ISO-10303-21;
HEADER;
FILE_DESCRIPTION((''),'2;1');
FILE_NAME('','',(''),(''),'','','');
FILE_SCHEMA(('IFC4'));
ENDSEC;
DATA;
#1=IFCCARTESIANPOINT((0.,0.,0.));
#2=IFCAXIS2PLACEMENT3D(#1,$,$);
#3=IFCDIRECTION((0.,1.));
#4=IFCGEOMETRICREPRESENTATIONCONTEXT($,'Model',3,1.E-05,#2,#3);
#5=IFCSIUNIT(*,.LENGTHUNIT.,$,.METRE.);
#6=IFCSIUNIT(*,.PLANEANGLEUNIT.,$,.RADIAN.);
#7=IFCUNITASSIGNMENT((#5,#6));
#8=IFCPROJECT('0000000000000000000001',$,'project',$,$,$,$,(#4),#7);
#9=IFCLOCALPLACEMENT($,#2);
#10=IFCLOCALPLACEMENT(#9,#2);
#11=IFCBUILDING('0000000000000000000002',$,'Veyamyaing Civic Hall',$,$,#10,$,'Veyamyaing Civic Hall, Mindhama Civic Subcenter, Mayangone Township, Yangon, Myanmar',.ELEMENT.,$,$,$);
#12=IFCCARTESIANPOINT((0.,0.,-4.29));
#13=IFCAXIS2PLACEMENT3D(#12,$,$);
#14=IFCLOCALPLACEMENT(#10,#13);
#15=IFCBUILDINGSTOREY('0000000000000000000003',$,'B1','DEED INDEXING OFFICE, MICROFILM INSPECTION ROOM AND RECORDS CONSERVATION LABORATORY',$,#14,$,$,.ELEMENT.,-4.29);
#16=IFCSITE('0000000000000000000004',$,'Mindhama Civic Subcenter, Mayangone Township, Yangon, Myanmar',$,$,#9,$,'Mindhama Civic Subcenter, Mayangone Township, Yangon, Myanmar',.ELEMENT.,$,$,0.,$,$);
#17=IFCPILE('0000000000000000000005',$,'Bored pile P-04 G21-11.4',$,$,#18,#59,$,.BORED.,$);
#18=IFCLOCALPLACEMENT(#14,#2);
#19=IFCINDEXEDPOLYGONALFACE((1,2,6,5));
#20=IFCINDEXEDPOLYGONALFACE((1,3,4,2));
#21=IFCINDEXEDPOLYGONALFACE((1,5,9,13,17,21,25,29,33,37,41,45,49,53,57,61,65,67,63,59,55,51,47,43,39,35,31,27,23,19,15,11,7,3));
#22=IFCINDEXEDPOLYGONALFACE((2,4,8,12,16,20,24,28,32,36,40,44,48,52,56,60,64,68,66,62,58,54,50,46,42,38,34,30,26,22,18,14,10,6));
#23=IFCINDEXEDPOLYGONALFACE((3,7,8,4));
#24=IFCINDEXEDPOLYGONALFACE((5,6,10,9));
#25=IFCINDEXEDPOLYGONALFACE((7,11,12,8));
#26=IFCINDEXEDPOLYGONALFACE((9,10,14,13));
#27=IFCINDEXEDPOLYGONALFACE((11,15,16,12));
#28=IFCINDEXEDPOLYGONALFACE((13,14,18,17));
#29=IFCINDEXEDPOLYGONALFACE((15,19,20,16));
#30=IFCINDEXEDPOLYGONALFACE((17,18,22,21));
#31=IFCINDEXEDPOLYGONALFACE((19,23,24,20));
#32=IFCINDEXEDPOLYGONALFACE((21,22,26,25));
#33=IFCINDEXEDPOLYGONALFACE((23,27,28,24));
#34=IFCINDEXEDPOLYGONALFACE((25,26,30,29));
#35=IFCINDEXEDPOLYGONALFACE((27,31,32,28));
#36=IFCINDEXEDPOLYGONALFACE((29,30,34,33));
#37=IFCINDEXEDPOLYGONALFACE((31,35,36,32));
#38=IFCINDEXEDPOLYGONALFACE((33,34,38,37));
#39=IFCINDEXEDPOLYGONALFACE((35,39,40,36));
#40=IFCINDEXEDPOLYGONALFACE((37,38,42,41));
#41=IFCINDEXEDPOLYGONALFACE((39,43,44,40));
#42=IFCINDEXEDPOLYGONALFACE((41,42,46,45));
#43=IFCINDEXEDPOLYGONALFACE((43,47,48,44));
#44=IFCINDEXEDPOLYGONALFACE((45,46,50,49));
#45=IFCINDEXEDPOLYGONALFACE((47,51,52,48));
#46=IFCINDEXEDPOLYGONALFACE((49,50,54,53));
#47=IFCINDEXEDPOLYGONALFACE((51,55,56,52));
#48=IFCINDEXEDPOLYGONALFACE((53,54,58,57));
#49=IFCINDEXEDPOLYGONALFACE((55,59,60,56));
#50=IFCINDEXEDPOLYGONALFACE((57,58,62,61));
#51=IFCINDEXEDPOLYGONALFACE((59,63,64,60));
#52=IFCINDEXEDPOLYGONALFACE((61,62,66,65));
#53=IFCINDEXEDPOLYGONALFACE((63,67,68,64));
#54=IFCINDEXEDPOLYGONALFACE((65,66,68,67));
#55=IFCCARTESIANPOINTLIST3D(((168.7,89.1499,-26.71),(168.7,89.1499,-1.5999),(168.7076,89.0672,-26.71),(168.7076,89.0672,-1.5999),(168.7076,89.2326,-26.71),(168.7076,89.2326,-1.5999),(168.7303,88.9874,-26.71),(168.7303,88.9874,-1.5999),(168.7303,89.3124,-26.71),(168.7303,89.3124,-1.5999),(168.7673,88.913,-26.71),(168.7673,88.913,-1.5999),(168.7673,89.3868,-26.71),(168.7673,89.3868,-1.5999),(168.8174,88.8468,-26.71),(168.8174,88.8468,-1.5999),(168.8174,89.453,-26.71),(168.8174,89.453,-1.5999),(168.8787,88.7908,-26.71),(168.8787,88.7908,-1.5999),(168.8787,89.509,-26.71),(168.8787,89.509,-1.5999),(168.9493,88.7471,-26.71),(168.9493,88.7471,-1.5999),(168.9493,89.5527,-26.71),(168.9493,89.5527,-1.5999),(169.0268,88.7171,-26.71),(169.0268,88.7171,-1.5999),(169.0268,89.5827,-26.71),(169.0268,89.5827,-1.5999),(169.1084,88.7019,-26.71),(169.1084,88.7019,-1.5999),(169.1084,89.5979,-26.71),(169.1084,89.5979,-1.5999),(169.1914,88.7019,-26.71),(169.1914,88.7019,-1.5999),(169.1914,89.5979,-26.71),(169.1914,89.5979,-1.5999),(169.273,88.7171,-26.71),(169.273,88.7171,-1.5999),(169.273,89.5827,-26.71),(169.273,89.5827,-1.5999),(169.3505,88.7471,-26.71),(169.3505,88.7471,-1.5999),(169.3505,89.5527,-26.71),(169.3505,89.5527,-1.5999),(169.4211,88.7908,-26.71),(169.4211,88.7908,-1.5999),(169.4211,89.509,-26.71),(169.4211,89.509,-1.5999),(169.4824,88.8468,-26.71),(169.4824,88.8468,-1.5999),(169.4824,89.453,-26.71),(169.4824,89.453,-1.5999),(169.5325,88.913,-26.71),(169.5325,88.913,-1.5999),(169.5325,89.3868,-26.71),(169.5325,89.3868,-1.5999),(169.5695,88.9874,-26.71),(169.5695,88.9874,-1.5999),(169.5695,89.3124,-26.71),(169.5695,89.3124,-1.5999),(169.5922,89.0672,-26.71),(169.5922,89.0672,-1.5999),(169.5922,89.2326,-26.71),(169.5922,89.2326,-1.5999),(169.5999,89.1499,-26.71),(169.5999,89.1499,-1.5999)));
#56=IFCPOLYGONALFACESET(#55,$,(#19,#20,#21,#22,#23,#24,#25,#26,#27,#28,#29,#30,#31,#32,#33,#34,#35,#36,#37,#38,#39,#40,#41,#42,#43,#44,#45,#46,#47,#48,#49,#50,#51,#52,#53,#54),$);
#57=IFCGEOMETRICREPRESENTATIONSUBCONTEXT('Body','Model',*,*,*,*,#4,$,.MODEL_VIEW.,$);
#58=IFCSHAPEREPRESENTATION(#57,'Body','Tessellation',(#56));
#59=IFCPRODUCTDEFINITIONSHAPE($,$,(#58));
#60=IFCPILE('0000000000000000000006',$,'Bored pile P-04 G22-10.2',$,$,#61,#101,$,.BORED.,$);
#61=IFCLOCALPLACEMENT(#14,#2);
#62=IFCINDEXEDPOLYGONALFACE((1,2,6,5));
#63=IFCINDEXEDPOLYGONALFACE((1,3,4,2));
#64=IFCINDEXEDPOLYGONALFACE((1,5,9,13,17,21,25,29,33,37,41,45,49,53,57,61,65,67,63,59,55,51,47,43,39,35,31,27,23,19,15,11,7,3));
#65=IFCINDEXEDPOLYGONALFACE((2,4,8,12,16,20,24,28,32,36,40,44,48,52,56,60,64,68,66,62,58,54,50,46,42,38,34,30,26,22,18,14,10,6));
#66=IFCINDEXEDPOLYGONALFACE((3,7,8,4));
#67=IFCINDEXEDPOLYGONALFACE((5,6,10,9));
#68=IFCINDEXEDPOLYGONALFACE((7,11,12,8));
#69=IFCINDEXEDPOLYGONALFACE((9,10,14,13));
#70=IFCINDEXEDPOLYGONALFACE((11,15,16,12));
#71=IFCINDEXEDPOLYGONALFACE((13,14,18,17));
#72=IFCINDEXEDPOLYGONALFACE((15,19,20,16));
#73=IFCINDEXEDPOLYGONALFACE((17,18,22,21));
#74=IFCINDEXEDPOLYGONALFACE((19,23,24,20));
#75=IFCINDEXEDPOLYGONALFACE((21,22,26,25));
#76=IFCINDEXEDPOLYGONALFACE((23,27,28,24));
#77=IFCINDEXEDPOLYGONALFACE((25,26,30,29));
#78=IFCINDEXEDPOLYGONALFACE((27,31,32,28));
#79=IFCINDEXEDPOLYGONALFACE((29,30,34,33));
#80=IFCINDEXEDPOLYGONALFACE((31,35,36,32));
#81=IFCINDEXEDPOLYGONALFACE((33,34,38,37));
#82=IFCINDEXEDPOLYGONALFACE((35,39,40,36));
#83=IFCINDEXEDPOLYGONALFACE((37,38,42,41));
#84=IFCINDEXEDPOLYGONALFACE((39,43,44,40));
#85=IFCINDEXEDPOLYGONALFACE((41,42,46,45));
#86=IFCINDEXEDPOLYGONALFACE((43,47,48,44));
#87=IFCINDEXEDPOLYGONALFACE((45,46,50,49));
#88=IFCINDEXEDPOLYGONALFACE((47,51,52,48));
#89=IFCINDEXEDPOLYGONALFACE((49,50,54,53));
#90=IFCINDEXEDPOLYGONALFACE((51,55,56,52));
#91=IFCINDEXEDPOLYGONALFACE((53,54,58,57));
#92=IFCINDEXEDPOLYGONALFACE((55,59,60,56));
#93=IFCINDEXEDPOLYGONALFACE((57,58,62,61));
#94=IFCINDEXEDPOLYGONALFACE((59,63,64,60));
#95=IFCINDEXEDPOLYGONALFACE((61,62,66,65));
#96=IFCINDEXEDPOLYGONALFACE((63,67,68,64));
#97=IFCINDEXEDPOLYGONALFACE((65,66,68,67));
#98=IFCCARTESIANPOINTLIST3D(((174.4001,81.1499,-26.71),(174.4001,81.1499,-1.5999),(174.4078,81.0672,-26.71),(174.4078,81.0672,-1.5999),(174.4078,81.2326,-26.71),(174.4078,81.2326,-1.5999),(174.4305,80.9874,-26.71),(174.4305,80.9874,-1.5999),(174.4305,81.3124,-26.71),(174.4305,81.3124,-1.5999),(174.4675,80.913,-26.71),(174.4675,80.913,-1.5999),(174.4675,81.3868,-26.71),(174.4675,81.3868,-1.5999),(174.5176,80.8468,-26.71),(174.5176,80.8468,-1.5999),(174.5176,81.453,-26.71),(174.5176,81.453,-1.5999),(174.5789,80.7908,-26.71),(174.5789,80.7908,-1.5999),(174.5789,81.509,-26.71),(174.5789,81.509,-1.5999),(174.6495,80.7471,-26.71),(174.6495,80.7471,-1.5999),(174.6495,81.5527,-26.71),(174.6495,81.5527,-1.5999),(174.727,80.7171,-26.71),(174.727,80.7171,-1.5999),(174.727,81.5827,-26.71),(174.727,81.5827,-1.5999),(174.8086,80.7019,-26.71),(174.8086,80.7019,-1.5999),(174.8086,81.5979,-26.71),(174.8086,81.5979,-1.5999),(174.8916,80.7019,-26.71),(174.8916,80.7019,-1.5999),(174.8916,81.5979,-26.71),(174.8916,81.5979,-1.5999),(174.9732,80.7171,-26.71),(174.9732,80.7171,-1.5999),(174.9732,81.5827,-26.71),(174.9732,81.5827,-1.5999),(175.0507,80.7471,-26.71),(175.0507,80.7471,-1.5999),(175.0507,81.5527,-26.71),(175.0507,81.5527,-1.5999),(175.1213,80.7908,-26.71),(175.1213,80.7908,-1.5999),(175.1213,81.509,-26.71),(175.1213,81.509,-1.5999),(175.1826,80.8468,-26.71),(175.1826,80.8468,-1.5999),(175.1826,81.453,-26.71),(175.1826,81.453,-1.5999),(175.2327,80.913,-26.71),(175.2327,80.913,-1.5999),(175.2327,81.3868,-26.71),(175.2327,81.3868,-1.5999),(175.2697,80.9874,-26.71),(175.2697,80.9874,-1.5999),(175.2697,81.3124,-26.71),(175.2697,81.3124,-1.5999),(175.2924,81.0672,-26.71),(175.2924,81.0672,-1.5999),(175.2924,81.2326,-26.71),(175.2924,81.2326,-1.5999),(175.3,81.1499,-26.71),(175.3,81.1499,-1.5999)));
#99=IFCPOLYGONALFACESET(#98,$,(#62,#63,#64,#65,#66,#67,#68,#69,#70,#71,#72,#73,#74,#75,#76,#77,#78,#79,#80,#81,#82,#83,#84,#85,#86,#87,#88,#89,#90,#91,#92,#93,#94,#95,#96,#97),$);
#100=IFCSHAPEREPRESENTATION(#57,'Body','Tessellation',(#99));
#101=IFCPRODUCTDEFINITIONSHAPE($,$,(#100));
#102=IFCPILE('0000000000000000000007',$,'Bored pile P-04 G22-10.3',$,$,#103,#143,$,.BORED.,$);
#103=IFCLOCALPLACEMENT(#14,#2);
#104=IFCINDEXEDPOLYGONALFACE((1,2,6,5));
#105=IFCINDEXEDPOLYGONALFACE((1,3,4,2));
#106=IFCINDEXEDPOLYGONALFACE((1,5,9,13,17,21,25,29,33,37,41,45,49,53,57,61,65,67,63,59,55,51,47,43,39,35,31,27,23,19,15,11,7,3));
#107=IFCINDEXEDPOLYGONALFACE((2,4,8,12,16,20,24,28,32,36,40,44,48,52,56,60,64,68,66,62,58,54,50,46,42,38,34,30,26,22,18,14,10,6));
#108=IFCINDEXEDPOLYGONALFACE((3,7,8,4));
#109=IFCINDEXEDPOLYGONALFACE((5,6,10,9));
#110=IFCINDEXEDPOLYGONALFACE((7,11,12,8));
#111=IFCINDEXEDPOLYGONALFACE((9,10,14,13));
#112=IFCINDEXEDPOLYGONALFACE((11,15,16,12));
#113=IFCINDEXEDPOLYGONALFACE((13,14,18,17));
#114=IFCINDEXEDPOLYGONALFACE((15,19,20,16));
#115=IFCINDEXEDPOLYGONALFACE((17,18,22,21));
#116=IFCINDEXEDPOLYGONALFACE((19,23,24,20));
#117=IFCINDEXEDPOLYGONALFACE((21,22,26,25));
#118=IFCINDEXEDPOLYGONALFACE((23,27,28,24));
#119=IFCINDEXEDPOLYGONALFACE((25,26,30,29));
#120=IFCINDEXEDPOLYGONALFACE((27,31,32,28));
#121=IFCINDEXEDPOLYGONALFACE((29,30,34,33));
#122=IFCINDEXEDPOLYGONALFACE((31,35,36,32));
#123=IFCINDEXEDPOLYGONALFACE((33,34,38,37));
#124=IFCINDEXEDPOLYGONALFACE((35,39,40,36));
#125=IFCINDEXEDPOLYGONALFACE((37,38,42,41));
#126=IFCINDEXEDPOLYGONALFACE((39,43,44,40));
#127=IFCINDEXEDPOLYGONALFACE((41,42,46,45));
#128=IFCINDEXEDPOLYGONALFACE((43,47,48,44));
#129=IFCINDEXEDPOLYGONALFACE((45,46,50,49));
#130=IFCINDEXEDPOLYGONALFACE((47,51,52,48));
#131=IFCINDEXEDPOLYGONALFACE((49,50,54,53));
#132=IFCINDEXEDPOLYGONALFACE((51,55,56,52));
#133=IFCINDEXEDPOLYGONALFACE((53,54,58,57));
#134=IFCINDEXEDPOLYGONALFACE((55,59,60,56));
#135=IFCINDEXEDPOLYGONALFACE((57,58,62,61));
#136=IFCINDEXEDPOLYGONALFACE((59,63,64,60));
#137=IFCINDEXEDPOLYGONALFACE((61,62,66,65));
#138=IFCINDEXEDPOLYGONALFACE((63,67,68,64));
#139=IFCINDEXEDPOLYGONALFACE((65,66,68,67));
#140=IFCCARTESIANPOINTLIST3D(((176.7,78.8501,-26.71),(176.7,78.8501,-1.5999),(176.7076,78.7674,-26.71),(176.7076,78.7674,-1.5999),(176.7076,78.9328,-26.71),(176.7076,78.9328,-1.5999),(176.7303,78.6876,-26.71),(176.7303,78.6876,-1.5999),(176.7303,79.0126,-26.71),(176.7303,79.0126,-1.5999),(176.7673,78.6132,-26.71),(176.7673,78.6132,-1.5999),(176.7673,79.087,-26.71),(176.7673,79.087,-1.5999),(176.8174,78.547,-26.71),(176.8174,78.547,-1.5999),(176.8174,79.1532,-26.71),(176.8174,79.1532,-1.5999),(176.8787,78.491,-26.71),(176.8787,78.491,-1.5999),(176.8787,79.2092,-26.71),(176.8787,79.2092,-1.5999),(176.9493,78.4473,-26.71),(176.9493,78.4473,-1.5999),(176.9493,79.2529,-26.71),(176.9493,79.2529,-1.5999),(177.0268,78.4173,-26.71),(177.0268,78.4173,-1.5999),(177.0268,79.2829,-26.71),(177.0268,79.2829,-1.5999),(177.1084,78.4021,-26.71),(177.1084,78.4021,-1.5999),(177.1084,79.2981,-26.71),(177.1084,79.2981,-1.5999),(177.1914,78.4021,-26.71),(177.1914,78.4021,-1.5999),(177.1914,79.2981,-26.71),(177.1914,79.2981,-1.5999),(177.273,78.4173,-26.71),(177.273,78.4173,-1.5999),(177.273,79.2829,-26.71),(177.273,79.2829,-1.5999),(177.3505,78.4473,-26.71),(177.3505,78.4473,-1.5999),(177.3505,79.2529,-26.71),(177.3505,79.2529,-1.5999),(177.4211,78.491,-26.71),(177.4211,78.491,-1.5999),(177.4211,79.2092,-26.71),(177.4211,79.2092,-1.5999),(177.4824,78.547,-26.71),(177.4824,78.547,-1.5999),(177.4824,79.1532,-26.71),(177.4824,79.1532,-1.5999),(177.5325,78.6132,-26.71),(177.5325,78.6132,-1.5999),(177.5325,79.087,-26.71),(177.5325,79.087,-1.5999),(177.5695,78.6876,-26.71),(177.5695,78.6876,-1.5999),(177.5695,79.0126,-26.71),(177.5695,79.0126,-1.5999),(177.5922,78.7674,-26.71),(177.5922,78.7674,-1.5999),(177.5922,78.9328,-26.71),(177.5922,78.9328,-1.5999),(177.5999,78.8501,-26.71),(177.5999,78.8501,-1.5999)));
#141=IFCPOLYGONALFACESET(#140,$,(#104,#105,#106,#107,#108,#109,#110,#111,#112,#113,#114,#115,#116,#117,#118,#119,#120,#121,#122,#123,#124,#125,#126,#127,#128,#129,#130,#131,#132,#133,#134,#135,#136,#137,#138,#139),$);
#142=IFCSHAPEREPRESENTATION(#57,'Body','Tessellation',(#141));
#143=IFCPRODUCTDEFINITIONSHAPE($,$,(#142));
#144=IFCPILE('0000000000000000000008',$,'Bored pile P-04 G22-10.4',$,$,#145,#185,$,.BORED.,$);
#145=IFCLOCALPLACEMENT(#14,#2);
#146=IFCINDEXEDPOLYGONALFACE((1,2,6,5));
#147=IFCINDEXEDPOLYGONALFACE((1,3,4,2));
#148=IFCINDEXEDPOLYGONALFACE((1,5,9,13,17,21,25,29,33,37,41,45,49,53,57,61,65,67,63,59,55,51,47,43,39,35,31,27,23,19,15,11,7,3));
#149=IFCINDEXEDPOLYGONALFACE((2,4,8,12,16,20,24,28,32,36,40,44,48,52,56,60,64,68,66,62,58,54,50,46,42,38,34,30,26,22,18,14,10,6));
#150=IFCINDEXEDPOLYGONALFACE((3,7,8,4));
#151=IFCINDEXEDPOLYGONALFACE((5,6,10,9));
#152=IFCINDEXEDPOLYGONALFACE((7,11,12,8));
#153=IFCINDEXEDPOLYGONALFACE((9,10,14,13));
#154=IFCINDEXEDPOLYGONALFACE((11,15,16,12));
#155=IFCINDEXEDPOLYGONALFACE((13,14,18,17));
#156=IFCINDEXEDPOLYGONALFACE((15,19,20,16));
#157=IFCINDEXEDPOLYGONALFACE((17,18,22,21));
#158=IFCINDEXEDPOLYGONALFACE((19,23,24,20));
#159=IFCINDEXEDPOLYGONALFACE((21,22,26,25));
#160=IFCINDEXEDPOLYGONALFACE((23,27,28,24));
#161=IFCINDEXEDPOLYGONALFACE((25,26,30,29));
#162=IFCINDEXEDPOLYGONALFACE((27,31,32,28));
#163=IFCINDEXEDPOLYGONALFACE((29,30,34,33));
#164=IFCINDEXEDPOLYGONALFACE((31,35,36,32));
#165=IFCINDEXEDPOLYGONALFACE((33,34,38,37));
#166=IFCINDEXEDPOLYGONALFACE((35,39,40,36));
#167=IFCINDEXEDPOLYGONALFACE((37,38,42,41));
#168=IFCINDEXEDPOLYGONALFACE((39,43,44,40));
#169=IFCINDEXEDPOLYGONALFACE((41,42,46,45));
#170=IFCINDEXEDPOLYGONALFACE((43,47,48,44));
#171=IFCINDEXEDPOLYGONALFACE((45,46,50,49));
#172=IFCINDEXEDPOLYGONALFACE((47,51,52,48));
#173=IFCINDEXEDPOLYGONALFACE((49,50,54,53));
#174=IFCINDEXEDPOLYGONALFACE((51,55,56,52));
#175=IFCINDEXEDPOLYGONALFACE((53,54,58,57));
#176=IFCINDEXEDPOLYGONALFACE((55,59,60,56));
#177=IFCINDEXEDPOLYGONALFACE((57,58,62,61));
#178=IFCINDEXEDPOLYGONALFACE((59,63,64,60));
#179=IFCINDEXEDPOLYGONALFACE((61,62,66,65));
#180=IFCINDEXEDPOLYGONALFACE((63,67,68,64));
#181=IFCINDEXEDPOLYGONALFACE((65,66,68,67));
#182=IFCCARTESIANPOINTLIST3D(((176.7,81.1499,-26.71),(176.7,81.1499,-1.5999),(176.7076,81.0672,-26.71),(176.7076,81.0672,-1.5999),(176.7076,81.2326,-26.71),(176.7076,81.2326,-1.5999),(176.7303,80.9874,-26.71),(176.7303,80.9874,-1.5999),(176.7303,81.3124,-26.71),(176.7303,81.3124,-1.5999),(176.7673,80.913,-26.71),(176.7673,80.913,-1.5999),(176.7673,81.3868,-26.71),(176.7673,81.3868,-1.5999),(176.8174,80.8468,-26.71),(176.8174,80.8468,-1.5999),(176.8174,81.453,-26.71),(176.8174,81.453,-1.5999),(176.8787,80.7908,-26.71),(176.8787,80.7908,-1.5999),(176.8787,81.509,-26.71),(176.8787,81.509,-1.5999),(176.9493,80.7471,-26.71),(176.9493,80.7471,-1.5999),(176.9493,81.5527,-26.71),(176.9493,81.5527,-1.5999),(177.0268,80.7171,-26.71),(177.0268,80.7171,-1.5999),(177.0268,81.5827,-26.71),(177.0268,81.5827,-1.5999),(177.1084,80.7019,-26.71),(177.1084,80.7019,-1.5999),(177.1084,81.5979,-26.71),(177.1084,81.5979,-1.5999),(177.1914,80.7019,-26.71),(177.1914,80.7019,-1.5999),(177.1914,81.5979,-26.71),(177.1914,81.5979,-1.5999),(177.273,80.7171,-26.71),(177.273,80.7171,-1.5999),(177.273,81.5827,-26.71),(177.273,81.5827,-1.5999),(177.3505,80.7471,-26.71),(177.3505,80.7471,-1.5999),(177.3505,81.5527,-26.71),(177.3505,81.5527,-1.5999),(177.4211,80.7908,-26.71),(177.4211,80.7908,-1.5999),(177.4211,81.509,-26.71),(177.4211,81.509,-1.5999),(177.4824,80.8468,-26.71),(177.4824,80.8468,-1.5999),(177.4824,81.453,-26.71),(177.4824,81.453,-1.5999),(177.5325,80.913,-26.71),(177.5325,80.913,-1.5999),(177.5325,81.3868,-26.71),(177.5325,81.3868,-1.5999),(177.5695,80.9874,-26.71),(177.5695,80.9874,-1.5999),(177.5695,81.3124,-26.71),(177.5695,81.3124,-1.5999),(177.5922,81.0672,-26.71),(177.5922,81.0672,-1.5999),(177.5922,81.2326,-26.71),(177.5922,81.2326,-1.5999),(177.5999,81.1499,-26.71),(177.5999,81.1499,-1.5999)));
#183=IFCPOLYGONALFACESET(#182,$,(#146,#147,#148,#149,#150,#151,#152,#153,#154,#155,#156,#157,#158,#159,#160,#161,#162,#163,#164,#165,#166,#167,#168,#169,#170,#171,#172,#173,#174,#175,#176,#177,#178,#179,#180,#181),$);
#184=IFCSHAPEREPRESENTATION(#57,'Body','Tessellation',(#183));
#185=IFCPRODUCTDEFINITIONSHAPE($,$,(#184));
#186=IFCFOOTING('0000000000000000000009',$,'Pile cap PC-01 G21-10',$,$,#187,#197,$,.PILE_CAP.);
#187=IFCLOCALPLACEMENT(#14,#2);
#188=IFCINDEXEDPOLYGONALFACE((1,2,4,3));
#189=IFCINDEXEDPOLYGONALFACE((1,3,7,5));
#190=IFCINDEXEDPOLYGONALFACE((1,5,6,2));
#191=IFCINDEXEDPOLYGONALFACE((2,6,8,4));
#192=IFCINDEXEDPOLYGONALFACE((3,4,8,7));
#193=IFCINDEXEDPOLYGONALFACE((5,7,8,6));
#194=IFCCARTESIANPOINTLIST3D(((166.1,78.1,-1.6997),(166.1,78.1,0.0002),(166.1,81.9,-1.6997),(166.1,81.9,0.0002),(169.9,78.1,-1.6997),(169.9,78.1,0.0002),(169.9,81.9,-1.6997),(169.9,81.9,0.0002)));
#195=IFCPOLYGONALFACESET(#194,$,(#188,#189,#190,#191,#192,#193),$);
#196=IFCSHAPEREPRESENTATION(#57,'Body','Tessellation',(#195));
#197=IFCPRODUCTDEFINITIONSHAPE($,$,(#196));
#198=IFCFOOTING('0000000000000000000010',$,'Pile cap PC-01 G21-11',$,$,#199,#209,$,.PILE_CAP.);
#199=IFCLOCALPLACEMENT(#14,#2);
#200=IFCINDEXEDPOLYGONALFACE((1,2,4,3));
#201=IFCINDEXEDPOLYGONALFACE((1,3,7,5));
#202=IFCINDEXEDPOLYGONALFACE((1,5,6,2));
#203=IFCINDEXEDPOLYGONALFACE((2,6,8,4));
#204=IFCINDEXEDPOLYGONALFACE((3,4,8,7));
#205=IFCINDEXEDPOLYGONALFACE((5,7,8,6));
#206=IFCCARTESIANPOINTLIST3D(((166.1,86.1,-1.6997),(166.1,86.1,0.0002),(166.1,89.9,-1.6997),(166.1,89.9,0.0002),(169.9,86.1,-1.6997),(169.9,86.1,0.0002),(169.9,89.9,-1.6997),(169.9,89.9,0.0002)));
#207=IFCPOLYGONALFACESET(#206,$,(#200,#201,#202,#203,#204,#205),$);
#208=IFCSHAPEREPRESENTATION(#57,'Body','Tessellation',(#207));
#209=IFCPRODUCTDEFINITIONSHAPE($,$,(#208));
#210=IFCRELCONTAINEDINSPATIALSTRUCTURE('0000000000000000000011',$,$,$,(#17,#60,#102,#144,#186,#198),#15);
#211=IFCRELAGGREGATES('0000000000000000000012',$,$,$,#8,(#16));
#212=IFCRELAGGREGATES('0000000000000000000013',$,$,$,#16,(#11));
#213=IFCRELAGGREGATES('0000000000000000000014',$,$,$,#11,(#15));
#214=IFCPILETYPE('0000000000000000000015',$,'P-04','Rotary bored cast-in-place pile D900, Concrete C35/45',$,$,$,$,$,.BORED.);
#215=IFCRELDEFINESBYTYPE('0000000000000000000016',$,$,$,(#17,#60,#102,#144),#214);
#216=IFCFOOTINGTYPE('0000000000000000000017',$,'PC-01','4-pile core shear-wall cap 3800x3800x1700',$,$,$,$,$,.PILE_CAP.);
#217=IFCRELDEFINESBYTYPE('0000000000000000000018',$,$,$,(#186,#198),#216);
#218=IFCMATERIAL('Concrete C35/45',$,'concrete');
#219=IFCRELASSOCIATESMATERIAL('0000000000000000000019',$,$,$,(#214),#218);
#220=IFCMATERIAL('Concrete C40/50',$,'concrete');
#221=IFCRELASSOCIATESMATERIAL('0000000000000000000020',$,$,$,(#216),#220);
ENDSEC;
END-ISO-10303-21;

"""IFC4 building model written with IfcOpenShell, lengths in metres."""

from ifc_helpers import new_model, si_unit, direction, frame, origin, origin_2d, place, context, subcontext, project, spatial, rectangle, circle, extrude, material, material_profile, profile_set, type_object, element, save


model = new_model("IFC4")

# Units and contexts
model_context = context("Model", 3, precision=1e-05, world=origin(), true_north=direction((0.0, 1.0)))
body_context = subcontext(model_context, "Body", "Model", "MODEL_VIEW")
ifc_project = project(units=[si_unit("LENGTHUNIT", "METRE"), si_unit("PLANEANGLEUNIT", "RADIAN")], contexts=[model_context])

# Site, building, storey
site_placement = place(None, origin())
site = spatial("IfcSite", under=ifc_project, at=site_placement, Name="Mindhama Civic Subcenter, Mayangone Township, Yangon, Myanmar", LongName="Mindhama Civic Subcenter, Mayangone Township, Yangon, Myanmar", CompositionType="ELEMENT", RefElevation=0.0)
building_placement = place(site_placement, origin())
building = spatial("IfcBuilding", under=site, at=building_placement, Name="Veyamyaing Civic Hall", LongName="Veyamyaing Civic Hall, Mindhama Civic Subcenter, Mayangone Township, Yangon, Myanmar", CompositionType="ELEMENT")
storey_placement = place(building_placement, frame((0.0, 0.0, -4.29)))
storey = spatial("IfcBuildingStorey", under=building, at=storey_placement, Name="B1", Description="DEED INDEXING OFFICE, MICROFILM INSPECTION ROOM AND RECORDS CONSERVATION LABORATORY", CompositionType="ELEMENT", Elevation=-4.29)

# Shared definitions
ifc_material_1 = material(Name="Concrete C40/50", Category="concrete")

# Piles
ifc_material_2 = material(Name="Concrete C35/45", Category="concrete")
ifc_material_profile_1 = material_profile(ifc_material_2, circle(Radius=0.45, at=origin_2d()), Name="PILE-D900")
ifc_profile_set_1 = profile_set([ifc_material_profile_1], Name="Concrete C35/45")
pile_type_1 = type_object("IfcPileType", Name="P-04", Description="Rotary bored cast-in-place pile D900, Concrete C35/45", PredefinedType="BORED", material=ifc_profile_set_1)
for number, where, z_axis, x_axis, name in (
    (1, (169.1499, 89.1499, -1.5999), (0.0, 0.0, -1.0), (1.0, 0.0, 0.0), "Bored pile P-04 G21-11.4"),
    (2, (174.8501, 81.1499, -1.5999), (0.0, 0.0, -1.0), (1.0, 0.0, 0.0), "Bored pile P-04 G22-10.2"),
    (3, (177.1499, 78.8501, -1.5999), (0.0, 0.0, -1.0), (1.0, 0.0, 0.0), "Bored pile P-04 G22-10.3"),
    (4, (177.1499, 81.1499, -1.5999), (0.0, 0.0, -1.0), (1.0, 0.0, 0.0), "Bored pile P-04 G22-10.4"),
):
    element("IfcPile", number, at=place(storey_placement, frame(where, z_axis=z_axis, x_axis=x_axis)), inside=storey, type_object=pile_type_1, Name=name, PredefinedType="BORED", context=body_context, shape_type="SweptSolid", body=[
        extrude(circle(Radius=0.45, at=origin_2d()), origin(), (0.0, 0.0, 1.0), 25.1101),
    ])

# Footings
footing_type_1 = type_object("IfcFootingType", Name="PC-01", Description="4-pile core shear-wall cap 3800x3800x1700", PredefinedType="PILE_CAP", material=ifc_material_1)
for number, where, z_axis, x_axis, name in (
    (5, (168.0, 80.0, -1.6997), (0.0, 0.0, 1.0), (1.0, 0.0, 0.0), "Pile cap PC-01 G21-10"),
    (6, (168.0, 88.0, -1.6997), (0.0, 0.0, 1.0), (1.0, 0.0, 0.0), "Pile cap PC-01 G21-11"),
):
    element("IfcFooting", number, at=place(storey_placement, frame(where, z_axis=z_axis, x_axis=x_axis)), inside=storey, type_object=footing_type_1, Name=name, PredefinedType="PILE_CAP", context=body_context, shape_type="SweptSolid", body=[
        extrude(rectangle(XDim=3.8, YDim=3.8, at=origin_2d()), origin(), (0.0, 0.0, 1.0), 1.7),
    ])

save(model, "model.ifc")
